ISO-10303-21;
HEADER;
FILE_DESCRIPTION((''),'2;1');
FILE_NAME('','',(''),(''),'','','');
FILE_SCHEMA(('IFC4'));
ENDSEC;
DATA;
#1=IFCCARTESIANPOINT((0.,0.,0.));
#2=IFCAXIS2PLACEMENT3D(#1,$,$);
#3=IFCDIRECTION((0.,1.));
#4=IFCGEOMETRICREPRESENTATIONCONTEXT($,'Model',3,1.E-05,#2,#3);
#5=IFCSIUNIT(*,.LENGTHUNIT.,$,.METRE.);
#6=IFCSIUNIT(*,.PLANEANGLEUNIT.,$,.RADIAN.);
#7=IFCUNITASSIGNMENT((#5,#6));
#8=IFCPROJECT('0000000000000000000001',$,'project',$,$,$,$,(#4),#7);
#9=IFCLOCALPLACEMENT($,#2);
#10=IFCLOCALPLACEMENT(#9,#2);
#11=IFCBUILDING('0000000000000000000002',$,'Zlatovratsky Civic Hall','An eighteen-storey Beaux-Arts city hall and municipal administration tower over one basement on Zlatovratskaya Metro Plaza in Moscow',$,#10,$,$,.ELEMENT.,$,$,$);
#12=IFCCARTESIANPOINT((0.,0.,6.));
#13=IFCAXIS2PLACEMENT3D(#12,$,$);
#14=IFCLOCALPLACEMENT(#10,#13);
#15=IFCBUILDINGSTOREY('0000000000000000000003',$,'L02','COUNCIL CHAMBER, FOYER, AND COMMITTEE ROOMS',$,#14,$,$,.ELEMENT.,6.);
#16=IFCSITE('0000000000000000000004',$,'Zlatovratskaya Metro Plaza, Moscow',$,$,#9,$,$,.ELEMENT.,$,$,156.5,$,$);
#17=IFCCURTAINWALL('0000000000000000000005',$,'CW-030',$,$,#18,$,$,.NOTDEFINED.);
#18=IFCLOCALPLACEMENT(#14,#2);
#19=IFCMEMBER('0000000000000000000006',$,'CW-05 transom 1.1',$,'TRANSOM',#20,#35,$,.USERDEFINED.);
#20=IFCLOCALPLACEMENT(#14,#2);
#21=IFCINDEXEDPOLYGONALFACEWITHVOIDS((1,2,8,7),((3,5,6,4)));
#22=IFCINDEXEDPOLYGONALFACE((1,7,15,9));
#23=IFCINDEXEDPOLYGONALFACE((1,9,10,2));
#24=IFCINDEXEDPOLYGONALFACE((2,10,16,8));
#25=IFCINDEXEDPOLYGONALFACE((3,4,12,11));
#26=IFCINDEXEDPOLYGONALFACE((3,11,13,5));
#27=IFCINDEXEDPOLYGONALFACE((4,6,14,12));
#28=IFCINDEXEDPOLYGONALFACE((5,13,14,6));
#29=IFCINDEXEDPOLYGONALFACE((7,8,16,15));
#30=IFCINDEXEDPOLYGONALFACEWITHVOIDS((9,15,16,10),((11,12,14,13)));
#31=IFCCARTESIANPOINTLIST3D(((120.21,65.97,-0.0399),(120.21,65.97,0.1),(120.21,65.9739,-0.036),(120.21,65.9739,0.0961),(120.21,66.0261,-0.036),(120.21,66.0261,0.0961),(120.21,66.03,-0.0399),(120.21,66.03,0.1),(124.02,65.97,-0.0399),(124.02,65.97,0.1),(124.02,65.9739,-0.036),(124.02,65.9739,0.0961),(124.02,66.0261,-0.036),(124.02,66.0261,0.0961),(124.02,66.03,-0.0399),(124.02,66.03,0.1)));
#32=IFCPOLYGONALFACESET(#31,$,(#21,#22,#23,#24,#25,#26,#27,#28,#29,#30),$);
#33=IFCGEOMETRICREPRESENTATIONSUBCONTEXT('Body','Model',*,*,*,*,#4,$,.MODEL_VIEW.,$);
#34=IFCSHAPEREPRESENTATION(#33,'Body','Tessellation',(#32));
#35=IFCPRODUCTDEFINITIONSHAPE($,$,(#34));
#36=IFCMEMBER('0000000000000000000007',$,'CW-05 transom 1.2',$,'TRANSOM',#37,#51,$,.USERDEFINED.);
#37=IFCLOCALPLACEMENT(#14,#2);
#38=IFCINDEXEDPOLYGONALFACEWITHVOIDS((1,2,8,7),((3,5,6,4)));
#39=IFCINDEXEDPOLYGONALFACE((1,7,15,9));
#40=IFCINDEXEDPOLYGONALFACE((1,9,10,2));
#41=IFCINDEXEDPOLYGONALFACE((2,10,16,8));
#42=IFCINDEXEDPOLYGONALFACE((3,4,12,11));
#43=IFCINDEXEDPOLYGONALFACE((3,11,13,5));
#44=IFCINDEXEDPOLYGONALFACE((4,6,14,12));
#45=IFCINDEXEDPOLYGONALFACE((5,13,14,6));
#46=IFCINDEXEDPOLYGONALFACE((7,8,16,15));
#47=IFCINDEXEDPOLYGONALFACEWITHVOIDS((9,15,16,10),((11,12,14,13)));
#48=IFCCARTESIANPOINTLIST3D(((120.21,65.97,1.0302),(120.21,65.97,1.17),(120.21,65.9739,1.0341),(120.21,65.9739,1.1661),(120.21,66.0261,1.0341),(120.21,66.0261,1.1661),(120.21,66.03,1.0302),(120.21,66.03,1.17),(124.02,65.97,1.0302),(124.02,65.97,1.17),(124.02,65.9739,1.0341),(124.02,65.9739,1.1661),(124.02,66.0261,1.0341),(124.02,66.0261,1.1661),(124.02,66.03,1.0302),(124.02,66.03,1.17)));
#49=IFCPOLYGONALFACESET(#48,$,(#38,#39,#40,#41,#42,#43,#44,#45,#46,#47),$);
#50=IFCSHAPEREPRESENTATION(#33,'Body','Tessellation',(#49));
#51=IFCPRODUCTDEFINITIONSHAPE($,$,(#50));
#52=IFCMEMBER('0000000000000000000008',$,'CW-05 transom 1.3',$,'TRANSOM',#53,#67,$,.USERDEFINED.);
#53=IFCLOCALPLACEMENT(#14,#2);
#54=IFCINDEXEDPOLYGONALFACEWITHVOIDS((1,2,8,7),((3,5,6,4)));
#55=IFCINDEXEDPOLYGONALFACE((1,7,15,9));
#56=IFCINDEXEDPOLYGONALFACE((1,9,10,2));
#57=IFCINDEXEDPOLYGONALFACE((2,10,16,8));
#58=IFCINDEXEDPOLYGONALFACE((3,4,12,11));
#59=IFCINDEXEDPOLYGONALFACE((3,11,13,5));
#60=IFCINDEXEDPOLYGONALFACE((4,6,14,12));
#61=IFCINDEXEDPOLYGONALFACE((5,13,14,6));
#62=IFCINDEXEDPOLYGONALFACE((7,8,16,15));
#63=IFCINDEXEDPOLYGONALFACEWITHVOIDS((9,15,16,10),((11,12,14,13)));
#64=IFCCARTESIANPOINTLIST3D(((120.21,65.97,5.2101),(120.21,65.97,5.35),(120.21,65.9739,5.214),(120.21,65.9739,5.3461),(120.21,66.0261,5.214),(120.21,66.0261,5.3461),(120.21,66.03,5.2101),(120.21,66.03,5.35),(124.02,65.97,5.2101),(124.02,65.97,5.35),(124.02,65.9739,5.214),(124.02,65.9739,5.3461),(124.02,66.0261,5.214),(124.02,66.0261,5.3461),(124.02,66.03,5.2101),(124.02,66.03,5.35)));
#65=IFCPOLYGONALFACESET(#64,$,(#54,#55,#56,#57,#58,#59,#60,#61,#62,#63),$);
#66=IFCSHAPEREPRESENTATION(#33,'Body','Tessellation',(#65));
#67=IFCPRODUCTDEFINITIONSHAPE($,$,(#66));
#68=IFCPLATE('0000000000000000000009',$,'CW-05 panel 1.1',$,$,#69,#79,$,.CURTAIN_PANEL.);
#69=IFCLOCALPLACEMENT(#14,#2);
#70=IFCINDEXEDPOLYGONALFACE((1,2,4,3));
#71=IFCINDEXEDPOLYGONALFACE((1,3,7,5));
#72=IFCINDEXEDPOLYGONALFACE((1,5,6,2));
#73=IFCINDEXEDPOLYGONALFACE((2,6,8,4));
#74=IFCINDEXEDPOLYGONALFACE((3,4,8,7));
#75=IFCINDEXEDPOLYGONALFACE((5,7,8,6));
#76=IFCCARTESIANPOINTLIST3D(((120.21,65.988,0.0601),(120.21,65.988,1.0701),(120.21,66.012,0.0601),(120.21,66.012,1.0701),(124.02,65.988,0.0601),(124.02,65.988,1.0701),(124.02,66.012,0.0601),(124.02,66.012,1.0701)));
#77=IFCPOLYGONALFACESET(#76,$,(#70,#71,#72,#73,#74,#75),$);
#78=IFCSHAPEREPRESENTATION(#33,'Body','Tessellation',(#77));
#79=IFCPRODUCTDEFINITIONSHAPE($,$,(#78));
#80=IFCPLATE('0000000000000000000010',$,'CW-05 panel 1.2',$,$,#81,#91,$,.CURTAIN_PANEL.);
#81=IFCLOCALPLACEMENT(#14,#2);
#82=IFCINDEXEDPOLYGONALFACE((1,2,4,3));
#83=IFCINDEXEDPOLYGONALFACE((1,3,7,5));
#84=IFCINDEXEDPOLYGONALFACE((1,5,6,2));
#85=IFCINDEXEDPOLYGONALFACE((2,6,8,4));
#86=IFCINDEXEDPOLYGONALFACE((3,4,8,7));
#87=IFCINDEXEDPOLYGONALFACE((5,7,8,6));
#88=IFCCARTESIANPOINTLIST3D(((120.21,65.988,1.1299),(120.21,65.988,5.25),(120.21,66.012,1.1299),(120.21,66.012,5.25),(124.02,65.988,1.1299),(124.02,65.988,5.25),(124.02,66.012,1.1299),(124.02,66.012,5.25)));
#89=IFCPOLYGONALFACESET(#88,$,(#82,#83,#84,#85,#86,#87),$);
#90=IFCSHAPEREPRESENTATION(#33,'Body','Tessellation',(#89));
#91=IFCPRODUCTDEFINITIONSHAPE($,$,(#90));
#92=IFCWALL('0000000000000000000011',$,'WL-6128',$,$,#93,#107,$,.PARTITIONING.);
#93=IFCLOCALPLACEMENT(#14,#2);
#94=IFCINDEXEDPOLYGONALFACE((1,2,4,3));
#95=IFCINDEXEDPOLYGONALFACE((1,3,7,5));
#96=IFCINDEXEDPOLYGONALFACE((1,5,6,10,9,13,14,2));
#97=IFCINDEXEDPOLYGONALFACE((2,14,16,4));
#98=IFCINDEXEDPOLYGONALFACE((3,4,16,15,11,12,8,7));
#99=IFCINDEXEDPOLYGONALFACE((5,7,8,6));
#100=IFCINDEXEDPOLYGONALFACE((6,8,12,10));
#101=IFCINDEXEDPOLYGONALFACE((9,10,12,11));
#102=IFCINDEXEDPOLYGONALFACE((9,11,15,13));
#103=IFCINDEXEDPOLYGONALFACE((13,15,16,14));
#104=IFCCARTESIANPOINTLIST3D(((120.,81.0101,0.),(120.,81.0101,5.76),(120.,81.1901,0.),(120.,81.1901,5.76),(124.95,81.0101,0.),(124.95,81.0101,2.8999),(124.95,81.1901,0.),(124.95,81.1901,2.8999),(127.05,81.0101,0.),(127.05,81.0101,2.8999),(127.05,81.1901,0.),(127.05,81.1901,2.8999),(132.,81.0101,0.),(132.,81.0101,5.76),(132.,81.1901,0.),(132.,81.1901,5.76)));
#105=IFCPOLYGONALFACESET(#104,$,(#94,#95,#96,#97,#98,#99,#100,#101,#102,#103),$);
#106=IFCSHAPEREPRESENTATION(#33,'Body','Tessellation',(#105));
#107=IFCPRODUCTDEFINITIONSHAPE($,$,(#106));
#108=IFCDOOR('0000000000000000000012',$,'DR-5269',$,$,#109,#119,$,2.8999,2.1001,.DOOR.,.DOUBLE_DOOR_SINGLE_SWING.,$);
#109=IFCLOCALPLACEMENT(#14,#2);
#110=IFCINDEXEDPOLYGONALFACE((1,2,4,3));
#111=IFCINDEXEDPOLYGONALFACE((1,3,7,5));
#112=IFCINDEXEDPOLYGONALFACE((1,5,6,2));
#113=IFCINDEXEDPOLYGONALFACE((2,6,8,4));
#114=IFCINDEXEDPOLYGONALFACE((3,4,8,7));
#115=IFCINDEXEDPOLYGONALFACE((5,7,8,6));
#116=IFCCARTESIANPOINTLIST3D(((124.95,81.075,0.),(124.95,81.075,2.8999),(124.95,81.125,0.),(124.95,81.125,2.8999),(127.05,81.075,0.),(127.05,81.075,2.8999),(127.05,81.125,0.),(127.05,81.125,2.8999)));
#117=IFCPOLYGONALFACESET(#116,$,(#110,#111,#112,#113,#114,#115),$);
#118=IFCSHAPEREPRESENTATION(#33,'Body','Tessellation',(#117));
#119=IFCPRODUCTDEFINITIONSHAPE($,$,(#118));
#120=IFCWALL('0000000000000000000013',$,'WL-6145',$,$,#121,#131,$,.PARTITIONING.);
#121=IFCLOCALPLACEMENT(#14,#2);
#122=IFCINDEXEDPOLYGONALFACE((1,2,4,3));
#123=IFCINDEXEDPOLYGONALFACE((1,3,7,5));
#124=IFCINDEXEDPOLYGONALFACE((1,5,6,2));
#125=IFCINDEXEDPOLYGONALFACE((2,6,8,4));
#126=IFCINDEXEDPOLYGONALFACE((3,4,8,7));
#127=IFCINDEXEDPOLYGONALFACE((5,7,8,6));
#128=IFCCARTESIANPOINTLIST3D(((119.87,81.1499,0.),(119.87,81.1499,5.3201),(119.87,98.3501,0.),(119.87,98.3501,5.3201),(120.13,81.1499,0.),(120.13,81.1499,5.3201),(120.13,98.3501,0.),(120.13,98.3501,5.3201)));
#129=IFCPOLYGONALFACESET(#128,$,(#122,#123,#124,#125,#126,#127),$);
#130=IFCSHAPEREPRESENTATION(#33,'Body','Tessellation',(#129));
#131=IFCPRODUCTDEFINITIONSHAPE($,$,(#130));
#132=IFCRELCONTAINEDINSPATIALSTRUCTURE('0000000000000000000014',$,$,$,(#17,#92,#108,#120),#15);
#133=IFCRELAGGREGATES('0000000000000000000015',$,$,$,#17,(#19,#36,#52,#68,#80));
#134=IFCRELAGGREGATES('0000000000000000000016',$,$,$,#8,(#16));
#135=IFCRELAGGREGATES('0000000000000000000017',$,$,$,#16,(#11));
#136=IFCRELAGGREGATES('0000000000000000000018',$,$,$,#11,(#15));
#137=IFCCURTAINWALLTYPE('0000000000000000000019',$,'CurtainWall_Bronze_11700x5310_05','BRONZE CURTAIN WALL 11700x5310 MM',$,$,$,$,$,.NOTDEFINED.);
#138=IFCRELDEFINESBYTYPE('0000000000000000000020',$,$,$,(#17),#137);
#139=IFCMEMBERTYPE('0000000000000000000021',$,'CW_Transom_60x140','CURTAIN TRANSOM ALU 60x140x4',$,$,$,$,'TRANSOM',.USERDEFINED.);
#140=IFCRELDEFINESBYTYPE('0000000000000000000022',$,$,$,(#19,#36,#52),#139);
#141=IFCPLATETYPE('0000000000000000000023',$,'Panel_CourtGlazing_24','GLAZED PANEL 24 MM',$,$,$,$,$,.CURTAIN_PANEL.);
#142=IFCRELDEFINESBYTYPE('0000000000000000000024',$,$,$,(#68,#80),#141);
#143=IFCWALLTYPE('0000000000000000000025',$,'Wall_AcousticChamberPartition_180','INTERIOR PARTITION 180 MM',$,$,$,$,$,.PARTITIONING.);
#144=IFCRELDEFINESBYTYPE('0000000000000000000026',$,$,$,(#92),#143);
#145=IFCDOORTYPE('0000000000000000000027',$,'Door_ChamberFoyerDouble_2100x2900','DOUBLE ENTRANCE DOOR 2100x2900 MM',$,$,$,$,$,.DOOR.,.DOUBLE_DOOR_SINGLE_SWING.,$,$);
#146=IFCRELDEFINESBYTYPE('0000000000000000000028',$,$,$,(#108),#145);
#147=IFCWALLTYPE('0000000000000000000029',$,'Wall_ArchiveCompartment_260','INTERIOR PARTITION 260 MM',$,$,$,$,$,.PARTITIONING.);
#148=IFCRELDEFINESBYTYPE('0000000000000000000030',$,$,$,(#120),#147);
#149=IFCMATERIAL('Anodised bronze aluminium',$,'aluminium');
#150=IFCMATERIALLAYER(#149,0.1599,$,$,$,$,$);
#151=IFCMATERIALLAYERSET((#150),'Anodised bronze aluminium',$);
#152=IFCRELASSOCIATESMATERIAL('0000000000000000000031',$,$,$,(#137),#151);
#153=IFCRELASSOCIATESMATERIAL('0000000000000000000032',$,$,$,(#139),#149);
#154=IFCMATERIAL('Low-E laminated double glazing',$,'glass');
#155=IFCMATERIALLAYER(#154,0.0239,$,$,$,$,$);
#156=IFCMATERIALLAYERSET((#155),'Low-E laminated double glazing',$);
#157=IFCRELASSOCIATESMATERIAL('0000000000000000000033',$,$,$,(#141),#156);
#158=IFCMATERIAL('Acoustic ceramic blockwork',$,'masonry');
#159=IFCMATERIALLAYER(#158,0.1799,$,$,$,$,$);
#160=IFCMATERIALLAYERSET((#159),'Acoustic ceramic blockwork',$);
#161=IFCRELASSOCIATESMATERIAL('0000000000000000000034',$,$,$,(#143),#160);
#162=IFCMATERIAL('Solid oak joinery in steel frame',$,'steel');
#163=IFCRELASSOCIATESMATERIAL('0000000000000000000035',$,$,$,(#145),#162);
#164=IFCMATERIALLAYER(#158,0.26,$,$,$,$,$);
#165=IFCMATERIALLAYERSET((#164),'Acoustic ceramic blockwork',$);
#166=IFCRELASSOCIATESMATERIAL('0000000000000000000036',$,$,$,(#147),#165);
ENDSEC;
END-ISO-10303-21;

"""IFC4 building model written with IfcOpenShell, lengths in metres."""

from ifc_helpers import new_model, si_unit, direction, frame, frame_2d, origin, origin_2d, place, context, subcontext, project, spatial, rectangle, hollow_rectangle, extrude, material, layer, layer_set, material_profile, profile_set, type_object, element, fill, aggregate, save


model = new_model("IFC4")

# Units and contexts
model_context = context("Model", 3, precision=1e-05, world=origin(), true_north=direction((0.0, 1.0)))
body_context = subcontext(model_context, "Body", "Model", "MODEL_VIEW")
ifc_project = project(units=[si_unit("LENGTHUNIT", "METRE"), si_unit("PLANEANGLEUNIT", "RADIAN")], contexts=[model_context])

# Site, building, storey
site_placement = place(None, origin())
site = spatial("IfcSite", under=ifc_project, at=site_placement, Name="Zlatovratskaya Metro Plaza, Moscow", CompositionType="ELEMENT", RefElevation=156.5)
building_placement = place(site_placement, origin())
building = spatial("IfcBuilding", under=site, at=building_placement, Name="Zlatovratsky Civic Hall", Description="An eighteen-storey Beaux-Arts city hall and municipal administration tower over one basement on Zlatovratskaya Metro Plaza in Moscow", CompositionType="ELEMENT")
storey_placement = place(building_placement, frame((0.0, 0.0, 6.0)))
storey = spatial("IfcBuildingStorey", under=building, at=storey_placement, Name="L02", Description="COUNCIL CHAMBER, FOYER, AND COMMITTEE ROOMS", CompositionType="ELEMENT", Elevation=6.0)

# Curtain wall, members, plates
ifc_material_1 = material(Name="Anodised bronze aluminium", Category="aluminium")
ifc_layer_1 = layer(ifc_material_1, 0.1599)
ifc_layer_set_1 = layer_set([ifc_layer_1], Name="Anodised bronze aluminium")
curtain_wall_type = type_object("IfcCurtainWallType", Name="CurtainWall_Bronze_11700x5310_05", Description="BRONZE CURTAIN WALL 11700x5310 MM", PredefinedType="NOTDEFINED", material=ifc_layer_set_1)
curtain_wall_placement = place(storey_placement, origin())
curtain_wall = element("IfcCurtainWall", 1, at=curtain_wall_placement, inside=storey, type_object=curtain_wall_type, Name="CW-030", PredefinedType="NOTDEFINED")
ifc_material_profile_1 = material_profile(ifc_material_1, hollow_rectangle(XDim=0.0601, YDim=0.1399, WallThickness=0.0039, at=origin_2d()), Name="ALU 60x140x4")
ifc_profile_set_1 = profile_set([ifc_material_profile_1], Name="Anodised bronze aluminium")
member_type_1 = type_object("IfcMemberType", Name="CW_Transom_60x140", Description="CURTAIN TRANSOM ALU 60x140x4", ElementType="TRANSOM", PredefinedType="USERDEFINED", material=ifc_profile_set_1)
member_1_placement = place(storey_placement, frame((120.21, 66.0, 0.03), z_axis=(1.0, 0.0, 0.0), x_axis=(0.0, 1.0, 0.0)))
member_1 = element("IfcMember", 2, at=member_1_placement, type_object=member_type_1, Name="CW-05 transom 1.1", ObjectType="TRANSOM", PredefinedType="USERDEFINED", context=body_context, shape_type="SweptSolid", body=[
    extrude(hollow_rectangle(XDim=0.0601, YDim=0.1399, WallThickness=0.0039, at=origin_2d()), origin(), (0.0, 0.0, 1.0), 3.8101),
])
member_2_placement = place(storey_placement, frame((120.21, 66.0, 1.1001), z_axis=(1.0, 0.0, 0.0), x_axis=(0.0, 1.0, 0.0)))
member_2 = element("IfcMember", 3, at=member_2_placement, type_object=member_type_1, Name="CW-05 transom 1.2", ObjectType="TRANSOM", PredefinedType="USERDEFINED", context=body_context, shape_type="SweptSolid", body=[
    extrude(hollow_rectangle(XDim=0.0601, YDim=0.1399, WallThickness=0.0039, at=origin_2d()), origin(), (0.0, 0.0, 1.0), 3.8101),
])
member_3_placement = place(storey_placement, frame((120.21, 66.0, 5.28), z_axis=(1.0, 0.0, 0.0), x_axis=(0.0, 1.0, 0.0)))
member_3 = element("IfcMember", 4, at=member_3_placement, type_object=member_type_1, Name="CW-05 transom 1.3", ObjectType="TRANSOM", PredefinedType="USERDEFINED", context=body_context, shape_type="SweptSolid", body=[
    extrude(hollow_rectangle(XDim=0.0601, YDim=0.1399, WallThickness=0.0039, at=origin_2d()), origin(), (0.0, 0.0, 1.0), 3.8101),
])
ifc_material_2 = material(Name="Low-E laminated double glazing", Category="glass")
ifc_layer_2 = layer(ifc_material_2, 0.0239)
ifc_layer_set_2 = layer_set([ifc_layer_2], Name="Low-E laminated double glazing")
plate_type = type_object("IfcPlateType", Name="Panel_CourtGlazing_24", Description="GLAZED PANEL 24 MM", PredefinedType="CURTAIN_PANEL", material=ifc_layer_set_2)
plate_1_placement = place(storey_placement, frame((122.115, 66.0, 0.0601), z_axis=(0.0, 0.0, 1.0), x_axis=(1.0, 0.0, 0.0)))
plate_1 = element("IfcPlate", 5, at=plate_1_placement, type_object=plate_type, Name="CW-05 panel 1.1", PredefinedType="CURTAIN_PANEL", context=body_context, shape_type="SweptSolid", body=[
    extrude(rectangle(XDim=3.8101, YDim=0.0239, at=origin_2d()), origin(), (0.0, 0.0, 1.0), 1.01),
])
plate_2_placement = place(storey_placement, frame((122.115, 66.0, 1.1299), z_axis=(0.0, 0.0, 1.0), x_axis=(1.0, 0.0, 0.0)))
plate_2 = element("IfcPlate", 6, at=plate_2_placement, type_object=plate_type, Name="CW-05 panel 1.2", PredefinedType="CURTAIN_PANEL", context=body_context, shape_type="SweptSolid", body=[
    extrude(rectangle(XDim=3.8101, YDim=0.0239, at=origin_2d()), origin(), (0.0, 0.0, 1.0), 4.1201),
])
aggregate(curtain_wall, [member_1, member_2, member_3, plate_1, plate_2])

# Wall, opening, door
ifc_material_3 = material(Name="Acoustic ceramic blockwork", Category="masonry")
ifc_layer_3 = layer(ifc_material_3, 0.1799)
ifc_layer_set_3 = layer_set([ifc_layer_3], Name="Acoustic ceramic blockwork")
wall_type_1 = type_object("IfcWallType", Name="Wall_AcousticChamberPartition_180", Description="INTERIOR PARTITION 180 MM", PredefinedType="PARTITIONING", material=ifc_layer_set_3)
wall_1_placement = place(storey_placement, frame((120.0, 81.1001, 0.0), z_axis=(0.0, 0.0, 1.0), x_axis=(1.0, 0.0, 0.0)))
wall_1 = element("IfcWall", 7, at=wall_1_placement, inside=storey, type_object=wall_type_1, Name="WL-6128", PredefinedType="PARTITIONING", context=body_context, shape_type="SweptSolid", body=[
    extrude(rectangle(XDim=12.0, YDim=0.1799, at=frame_2d((6.0, 0.0))), origin(), (0.0, 0.0, 1.0), 5.76),
])
opening_placement = place(wall_1_placement, frame((4.95, 0.0, 0.0)))
opening = element("IfcOpeningElement", 8, at=opening_placement, cuts=wall_1, PredefinedType="OPENING", context=body_context, shape_type="SweptSolid", body=[
    extrude(rectangle(XDim=2.1001, YDim=2.8999, at=frame_2d((1.05, 1.45))), frame((0.0, 0.105, 0.0), z_axis=(0.0, -1.0, 0.0), x_axis=(1.0, 0.0, 0.0)), (0.0, 0.0, 1.0), 0.2097),
])
ifc_material_4 = material(Name="Solid oak joinery in steel frame", Category="steel")
door_type = type_object("IfcDoorType", Name="Door_ChamberFoyerDouble_2100x2900", Description="DOUBLE ENTRANCE DOOR 2100x2900 MM", OperationType="DOUBLE_DOOR_SINGLE_SWING", PredefinedType="DOOR", material=ifc_material_4)
door_placement = place(opening_placement, origin())
door = element("IfcDoor", 9, at=door_placement, inside=storey, type_object=door_type, Name="DR-5269", OperationType="DOUBLE_DOOR_SINGLE_SWING", OverallHeight=2.8999, OverallWidth=2.1001, PredefinedType="DOOR", context=body_context, shape_type="SweptSolid", body=[
    extrude(rectangle(XDim=2.1001, YDim=2.8999, at=frame_2d((1.05, 1.45))), frame((0.0, 0.0249, 0.0), z_axis=(0.0, -1.0, 0.0), x_axis=(1.0, 0.0, 0.0)), (0.0, 0.0, 1.0), 0.05),
])
fill(opening, door)

# Wall
ifc_layer_4 = layer(ifc_material_3, 0.26)
ifc_layer_set_4 = layer_set([ifc_layer_4], Name="Acoustic ceramic blockwork")
wall_type_2 = type_object("IfcWallType", Name="Wall_ArchiveCompartment_260", Description="INTERIOR PARTITION 260 MM", PredefinedType="PARTITIONING", material=ifc_layer_set_4)
wall_2_placement = place(storey_placement, frame((120.0, 81.1499, 0.0), z_axis=(0.0, 0.0, 1.0), x_axis=(0.0, 1.0, 0.0)))
element("IfcWall", 10, at=wall_2_placement, inside=storey, type_object=wall_type_2, Name="WL-6145", PredefinedType="PARTITIONING", context=body_context, shape_type="SweptSolid", body=[
    extrude(rectangle(XDim=17.2002, YDim=0.26, at=frame_2d((8.6001, 0.0))), origin(), (0.0, 0.0, 1.0), 5.3201),
])

save(model, "model.ifc")
